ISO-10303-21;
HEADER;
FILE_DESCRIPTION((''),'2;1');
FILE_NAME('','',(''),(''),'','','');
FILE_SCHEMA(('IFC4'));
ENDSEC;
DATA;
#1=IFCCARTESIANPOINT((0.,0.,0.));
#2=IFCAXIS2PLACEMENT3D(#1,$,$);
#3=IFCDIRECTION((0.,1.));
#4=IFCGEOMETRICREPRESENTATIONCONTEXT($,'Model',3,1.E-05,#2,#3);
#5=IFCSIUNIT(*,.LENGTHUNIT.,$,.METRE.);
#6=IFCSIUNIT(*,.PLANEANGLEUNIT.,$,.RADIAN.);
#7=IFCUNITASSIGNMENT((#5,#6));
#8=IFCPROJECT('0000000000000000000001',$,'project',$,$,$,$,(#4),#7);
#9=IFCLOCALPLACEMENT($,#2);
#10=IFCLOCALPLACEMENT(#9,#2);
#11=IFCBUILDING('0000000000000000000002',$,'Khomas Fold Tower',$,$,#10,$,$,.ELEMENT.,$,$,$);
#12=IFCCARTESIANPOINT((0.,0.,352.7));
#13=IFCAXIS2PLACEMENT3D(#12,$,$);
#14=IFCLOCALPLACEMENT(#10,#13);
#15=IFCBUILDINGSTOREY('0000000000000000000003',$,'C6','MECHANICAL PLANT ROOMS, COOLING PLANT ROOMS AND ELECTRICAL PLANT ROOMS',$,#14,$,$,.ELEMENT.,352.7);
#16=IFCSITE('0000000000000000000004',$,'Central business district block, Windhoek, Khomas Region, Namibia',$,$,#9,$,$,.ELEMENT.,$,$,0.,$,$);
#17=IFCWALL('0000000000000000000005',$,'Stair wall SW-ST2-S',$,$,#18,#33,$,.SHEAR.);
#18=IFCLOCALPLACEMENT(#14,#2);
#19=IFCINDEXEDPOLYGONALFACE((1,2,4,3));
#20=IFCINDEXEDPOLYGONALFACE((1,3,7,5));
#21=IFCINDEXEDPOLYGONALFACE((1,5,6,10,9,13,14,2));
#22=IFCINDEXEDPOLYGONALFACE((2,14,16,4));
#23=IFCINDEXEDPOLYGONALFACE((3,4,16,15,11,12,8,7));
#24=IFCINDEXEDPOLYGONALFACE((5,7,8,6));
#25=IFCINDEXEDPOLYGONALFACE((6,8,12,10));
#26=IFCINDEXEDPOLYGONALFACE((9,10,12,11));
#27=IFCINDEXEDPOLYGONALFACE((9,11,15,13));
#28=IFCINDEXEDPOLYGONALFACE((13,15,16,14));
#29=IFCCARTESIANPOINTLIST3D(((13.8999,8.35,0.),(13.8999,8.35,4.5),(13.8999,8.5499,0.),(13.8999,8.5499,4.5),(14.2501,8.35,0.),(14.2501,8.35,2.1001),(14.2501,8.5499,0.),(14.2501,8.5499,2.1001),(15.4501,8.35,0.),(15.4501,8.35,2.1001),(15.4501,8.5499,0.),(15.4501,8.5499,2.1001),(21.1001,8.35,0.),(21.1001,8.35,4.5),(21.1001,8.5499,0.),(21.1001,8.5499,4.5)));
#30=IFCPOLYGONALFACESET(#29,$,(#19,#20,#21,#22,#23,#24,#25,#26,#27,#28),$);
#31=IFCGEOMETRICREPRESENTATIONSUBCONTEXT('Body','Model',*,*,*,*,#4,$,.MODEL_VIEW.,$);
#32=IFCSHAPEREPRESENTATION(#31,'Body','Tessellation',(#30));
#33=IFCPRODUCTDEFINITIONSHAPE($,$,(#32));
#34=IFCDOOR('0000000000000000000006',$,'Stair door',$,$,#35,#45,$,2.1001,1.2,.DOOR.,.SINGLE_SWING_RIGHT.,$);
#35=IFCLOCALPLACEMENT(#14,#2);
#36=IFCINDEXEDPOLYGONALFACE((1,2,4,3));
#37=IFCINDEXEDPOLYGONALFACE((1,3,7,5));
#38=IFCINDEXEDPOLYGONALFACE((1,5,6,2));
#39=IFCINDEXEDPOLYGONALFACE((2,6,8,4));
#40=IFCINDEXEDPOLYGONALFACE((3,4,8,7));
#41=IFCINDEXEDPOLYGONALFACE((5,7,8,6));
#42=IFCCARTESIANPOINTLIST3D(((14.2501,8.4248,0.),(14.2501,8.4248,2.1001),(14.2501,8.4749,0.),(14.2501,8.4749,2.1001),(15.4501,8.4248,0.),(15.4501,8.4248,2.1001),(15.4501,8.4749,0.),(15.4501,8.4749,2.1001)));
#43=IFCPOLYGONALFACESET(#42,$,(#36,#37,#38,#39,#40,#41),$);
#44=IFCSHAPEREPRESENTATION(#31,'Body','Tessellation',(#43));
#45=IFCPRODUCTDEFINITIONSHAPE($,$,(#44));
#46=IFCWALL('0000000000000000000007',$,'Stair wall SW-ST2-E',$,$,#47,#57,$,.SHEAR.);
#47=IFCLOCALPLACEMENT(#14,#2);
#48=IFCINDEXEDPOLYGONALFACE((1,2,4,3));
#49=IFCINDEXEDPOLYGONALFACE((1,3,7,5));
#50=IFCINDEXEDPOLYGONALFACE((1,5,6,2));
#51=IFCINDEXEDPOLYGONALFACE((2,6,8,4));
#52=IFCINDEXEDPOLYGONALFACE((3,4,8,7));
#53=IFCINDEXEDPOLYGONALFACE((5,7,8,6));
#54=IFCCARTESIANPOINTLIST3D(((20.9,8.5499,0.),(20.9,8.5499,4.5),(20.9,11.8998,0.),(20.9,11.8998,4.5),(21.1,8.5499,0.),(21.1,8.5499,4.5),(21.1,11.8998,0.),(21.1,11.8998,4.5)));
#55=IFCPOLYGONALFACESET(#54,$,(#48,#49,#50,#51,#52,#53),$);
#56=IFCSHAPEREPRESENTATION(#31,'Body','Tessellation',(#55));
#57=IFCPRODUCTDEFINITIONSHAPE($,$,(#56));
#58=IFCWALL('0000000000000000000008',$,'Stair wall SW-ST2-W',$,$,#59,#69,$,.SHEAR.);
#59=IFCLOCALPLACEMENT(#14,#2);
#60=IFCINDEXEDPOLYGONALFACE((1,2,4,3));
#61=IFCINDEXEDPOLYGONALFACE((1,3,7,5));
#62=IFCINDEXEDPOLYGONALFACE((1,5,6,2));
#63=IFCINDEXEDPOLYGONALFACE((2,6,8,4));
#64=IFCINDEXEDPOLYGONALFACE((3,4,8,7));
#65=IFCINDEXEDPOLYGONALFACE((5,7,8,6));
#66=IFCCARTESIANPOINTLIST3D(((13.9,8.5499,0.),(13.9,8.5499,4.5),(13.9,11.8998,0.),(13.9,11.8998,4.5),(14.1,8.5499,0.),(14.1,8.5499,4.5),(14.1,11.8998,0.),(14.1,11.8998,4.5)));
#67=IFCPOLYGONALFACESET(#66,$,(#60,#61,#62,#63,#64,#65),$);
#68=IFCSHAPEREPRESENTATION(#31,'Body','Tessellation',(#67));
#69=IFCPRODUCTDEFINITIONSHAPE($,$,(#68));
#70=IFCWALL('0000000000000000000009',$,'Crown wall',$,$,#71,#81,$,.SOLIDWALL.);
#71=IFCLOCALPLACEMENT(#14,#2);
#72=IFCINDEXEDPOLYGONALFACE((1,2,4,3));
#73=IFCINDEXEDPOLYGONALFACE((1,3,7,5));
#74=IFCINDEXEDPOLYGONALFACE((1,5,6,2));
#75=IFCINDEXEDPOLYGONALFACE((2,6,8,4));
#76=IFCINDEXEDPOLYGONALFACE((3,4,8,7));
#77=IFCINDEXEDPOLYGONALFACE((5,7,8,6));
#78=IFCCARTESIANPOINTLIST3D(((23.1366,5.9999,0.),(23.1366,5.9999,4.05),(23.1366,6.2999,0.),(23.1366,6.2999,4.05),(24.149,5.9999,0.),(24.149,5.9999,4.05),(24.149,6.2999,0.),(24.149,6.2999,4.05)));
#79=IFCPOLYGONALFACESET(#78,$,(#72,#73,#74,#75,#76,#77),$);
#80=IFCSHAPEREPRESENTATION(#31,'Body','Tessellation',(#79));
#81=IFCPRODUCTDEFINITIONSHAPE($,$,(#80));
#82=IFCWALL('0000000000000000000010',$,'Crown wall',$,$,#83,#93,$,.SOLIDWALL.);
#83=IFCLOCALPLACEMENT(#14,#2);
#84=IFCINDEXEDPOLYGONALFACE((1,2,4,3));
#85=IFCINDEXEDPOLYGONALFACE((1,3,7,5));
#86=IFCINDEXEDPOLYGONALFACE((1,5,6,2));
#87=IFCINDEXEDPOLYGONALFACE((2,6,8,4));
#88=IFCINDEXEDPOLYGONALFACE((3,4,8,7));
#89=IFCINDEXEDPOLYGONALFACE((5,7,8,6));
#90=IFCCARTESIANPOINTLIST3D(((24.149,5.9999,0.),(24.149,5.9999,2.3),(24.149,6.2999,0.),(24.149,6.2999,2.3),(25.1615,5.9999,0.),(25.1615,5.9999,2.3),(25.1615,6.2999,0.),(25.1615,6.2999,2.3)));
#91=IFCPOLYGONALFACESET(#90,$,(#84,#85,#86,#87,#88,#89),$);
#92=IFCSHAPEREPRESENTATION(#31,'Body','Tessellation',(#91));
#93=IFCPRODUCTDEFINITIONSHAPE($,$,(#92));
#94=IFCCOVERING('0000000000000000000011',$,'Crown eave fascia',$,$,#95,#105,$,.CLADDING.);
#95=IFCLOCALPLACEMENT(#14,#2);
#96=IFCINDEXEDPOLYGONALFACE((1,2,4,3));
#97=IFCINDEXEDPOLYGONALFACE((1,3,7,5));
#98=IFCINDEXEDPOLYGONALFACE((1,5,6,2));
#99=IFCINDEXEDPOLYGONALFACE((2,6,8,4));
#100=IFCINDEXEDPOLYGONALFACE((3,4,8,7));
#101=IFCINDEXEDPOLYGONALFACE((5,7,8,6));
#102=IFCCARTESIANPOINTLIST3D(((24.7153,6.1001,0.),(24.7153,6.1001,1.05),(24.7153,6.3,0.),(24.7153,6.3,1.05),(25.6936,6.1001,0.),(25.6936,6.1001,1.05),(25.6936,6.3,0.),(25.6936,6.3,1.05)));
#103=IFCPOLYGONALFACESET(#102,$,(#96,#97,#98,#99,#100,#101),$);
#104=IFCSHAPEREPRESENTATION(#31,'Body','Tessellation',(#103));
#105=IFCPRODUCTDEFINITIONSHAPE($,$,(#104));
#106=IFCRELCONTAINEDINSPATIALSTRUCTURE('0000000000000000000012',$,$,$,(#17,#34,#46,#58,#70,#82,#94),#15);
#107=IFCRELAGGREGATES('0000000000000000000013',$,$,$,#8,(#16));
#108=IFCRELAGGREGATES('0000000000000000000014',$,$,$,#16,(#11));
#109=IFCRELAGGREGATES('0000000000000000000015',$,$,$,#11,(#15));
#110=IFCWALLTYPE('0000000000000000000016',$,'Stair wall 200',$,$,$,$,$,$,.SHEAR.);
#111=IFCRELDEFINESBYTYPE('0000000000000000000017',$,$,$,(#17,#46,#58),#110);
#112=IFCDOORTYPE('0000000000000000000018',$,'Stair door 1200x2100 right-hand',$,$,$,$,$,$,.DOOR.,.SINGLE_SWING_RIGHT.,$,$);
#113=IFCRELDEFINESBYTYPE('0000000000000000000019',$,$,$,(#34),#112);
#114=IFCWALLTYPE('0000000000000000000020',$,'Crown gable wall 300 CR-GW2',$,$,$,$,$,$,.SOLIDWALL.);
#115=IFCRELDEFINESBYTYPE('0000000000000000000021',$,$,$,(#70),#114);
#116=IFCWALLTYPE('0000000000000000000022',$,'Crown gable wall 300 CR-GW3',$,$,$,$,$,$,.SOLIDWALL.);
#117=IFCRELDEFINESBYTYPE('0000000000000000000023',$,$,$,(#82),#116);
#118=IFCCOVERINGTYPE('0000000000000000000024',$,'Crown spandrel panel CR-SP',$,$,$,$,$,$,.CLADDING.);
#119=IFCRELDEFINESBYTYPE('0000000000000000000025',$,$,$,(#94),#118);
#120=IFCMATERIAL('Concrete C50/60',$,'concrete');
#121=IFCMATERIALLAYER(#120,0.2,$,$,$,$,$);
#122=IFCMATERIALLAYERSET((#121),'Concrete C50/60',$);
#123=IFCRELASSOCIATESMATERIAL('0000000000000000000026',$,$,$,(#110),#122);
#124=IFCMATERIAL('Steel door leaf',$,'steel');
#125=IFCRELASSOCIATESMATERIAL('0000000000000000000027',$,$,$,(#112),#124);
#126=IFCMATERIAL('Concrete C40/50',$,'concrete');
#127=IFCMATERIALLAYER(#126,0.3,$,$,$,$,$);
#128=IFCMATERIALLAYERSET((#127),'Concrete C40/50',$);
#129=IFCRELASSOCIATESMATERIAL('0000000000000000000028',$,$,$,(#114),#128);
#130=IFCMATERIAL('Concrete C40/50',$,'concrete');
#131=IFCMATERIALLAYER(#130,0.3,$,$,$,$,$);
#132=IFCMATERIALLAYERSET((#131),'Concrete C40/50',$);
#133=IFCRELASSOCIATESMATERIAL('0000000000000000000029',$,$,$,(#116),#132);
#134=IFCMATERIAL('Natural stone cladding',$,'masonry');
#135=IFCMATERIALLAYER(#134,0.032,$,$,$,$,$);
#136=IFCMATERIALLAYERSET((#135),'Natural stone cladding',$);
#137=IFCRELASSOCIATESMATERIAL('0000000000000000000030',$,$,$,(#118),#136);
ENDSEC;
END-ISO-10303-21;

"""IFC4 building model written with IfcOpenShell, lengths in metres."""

from ifc_helpers import new_model, si_unit, direction, frame, frame_2d, origin, place, context, subcontext, project, spatial, polyline, rectangle, outline, extrude, source, transform, mapped, material, layer, layer_set, type_object, element, fill, save


model = new_model("IFC4")

# Units and contexts
model_context = context("Model", 3, precision=1e-05, world=origin(), true_north=direction((0.0, 1.0)))
body_context = subcontext(model_context, "Body", "Model", "MODEL_VIEW")
ifc_project = project(units=[si_unit("LENGTHUNIT", "METRE"), si_unit("PLANEANGLEUNIT", "RADIAN")], contexts=[model_context])

# Site, building, storey
site_placement = place(None, origin())
site = spatial("IfcSite", under=ifc_project, at=site_placement, Name="Central business district block, Windhoek, Khomas Region, Namibia", CompositionType="ELEMENT", RefElevation=0.0)
building_placement = place(site_placement, origin())
building = spatial("IfcBuilding", under=site, at=building_placement, Name="Khomas Fold Tower", CompositionType="ELEMENT")
storey_placement = place(building_placement, frame((0.0, 0.0, 352.7)))
storey = spatial("IfcBuildingStorey", under=building, at=storey_placement, Name="C6", Description="MECHANICAL PLANT ROOMS, COOLING PLANT ROOMS AND ELECTRICAL PLANT ROOMS", CompositionType="ELEMENT", Elevation=352.7)

# Shared definitions
ifc_material_1 = material(Name="Concrete C50/60", Category="concrete")
ifc_layer_1 = layer(ifc_material_1, 0.2)
ifc_layer_set_1 = layer_set([ifc_layer_1], Name="Concrete C50/60")
wall_type_1 = type_object("IfcWallType", Name="Stair wall 200", PredefinedType="SHEAR", material=ifc_layer_set_1)
shared_shape_1 = source(origin(), body_context, "Body", "SweptSolid", [
    extrude(rectangle(XDim=7.2002, YDim=0.2, at=frame_2d((3.6001, 0.0))), origin(), (0.0, 0.0, 1.0), 4.5),
])

# Wall, opening, door
wall_1_placement = place(storey_placement, frame((13.8999, 8.45, 0.0), z_axis=(0.0, 0.0, 1.0), x_axis=(1.0, 0.0, 0.0)))
wall_1 = element("IfcWall", 1, at=wall_1_placement, inside=storey, type_object=wall_type_1, Name="Stair wall SW-ST2-S", PredefinedType="SHEAR", context=body_context, shape_type="MappedRepresentation", body=[
    mapped(shared_shape_1, transform((0.0, 0.0, 0.0))),
])
shared_shape_2 = source(origin(), body_context, "Body", "SweptSolid", [
    extrude(rectangle(XDim=1.2, YDim=2.1001, at=frame_2d((0.6001, 1.05))), frame((0.0, 0.1099, 0.0), z_axis=(0.0, -1.0, 0.0), x_axis=(1.0, 0.0, 0.0)), (0.0, 0.0, 1.0), 0.22),
])
opening_placement = place(wall_1_placement, frame((0.3501, 0.0, 0.0)))
opening = element("IfcOpeningElement", 2, at=opening_placement, cuts=wall_1, PredefinedType="OPENING", context=body_context, shape_type="MappedRepresentation", body=[
    mapped(shared_shape_2, transform((0.0, 0.0, 0.0))),
])
ifc_material_2 = material(Name="Steel door leaf", Category="steel")
door_type = type_object("IfcDoorType", Name="Stair door 1200x2100 right-hand", OperationType="SINGLE_SWING_RIGHT", PredefinedType="DOOR", material=ifc_material_2)
shared_shape_3 = source(origin(), body_context, "Body", "SweptSolid", [
    extrude(rectangle(XDim=1.2, YDim=2.1001, at=frame_2d((0.6001, 1.05))), frame((0.0, 0.0249, 0.0), z_axis=(0.0, -1.0, 0.0), x_axis=(1.0, 0.0, 0.0)), (0.0, 0.0, 1.0), 0.05),
])
door_placement = place(opening_placement, origin())
door = element("IfcDoor", 3, at=door_placement, inside=storey, type_object=door_type, Name="Stair door", OperationType="SINGLE_SWING_RIGHT", OverallHeight=2.1001, OverallWidth=1.2, PredefinedType="DOOR", context=body_context, shape_type="MappedRepresentation", body=[
    mapped(shared_shape_3, transform((0.0, 0.0, 0.0))),
])
fill(opening, door)

# Walls
shared_shape_4 = source(origin(), body_context, "Body", "SweptSolid", [
    extrude(rectangle(XDim=3.3499, YDim=0.2, at=frame_2d((1.6748, 0.0))), origin(), (0.0, 0.0, 1.0), 4.5),
])
for number, where, z_axis, x_axis, name in (
    (4, (21.0, 8.55, 0.0), (0.0, 0.0, 1.0), (0.0, 1.0, 0.0), "Stair wall SW-ST2-E"),
    (5, (14.0, 8.55, 0.0), (0.0, 0.0, 1.0), (0.0, 1.0, 0.0), "Stair wall SW-ST2-W"),
):
    element("IfcWall", number, at=place(storey_placement, frame(where, z_axis=z_axis, x_axis=x_axis)), inside=storey, type_object=wall_type_1, Name=name, PredefinedType="SHEAR", context=body_context, shape_type="MappedRepresentation", body=[
        mapped(shared_shape_4, transform((0.0, 0.0, 0.0))),
    ])
ifc_material_3 = material(Name="Concrete C40/50", Category="concrete")
ifc_layer_2 = layer(ifc_material_3, 0.3)
ifc_layer_set_2 = layer_set([ifc_layer_2], Name="Concrete C40/50")
wall_type_2 = type_object("IfcWallType", Name="Crown gable wall 300 CR-GW2", PredefinedType="SOLIDWALL", material=ifc_layer_set_2)
shared_shape_5 = source(origin(), body_context, "Body", "SweptSolid", [
    extrude(rectangle(XDim=1.0125, YDim=0.3, at=frame_2d((0.5063, 0.0))), origin(), (0.0, 0.0, 1.0), 4.05),
])
wall_2_placement = place(storey_placement, frame((23.1365, 6.1499, 0.0), z_axis=(0.0, 0.0, 1.0), x_axis=(1.0, 0.0, 0.0)))
element("IfcWall", 6, at=wall_2_placement, inside=storey, type_object=wall_type_2, Name="Crown wall", PredefinedType="SOLIDWALL", context=body_context, shape_type="MappedRepresentation", body=[
    mapped(shared_shape_5, transform((0.0, 0.0, 0.0))),
])
ifc_material_4 = material(Name="Concrete C40/50", Category="concrete")
ifc_layer_3 = layer(ifc_material_4, 0.3)
ifc_layer_set_3 = layer_set([ifc_layer_3], Name="Concrete C40/50")
wall_type_3 = type_object("IfcWallType", Name="Crown gable wall 300 CR-GW3", PredefinedType="SOLIDWALL", material=ifc_layer_set_3)
shared_shape_6 = source(origin(), body_context, "Body", "SweptSolid", [
    extrude(rectangle(XDim=1.0125, YDim=0.3, at=frame_2d((0.5063, 0.0))), origin(), (0.0, 0.0, 1.0), 2.3),
])
wall_3_placement = place(storey_placement, frame((24.1489, 6.1499, 0.0), z_axis=(0.0, 0.0, 1.0), x_axis=(1.0, 0.0, 0.0)))
element("IfcWall", 7, at=wall_3_placement, inside=storey, type_object=wall_type_3, Name="Crown wall", PredefinedType="SOLIDWALL", context=body_context, shape_type="MappedRepresentation", body=[
    mapped(shared_shape_6, transform((0.0, 0.0, 0.0))),
])

# Covering
ifc_material_5 = material(Name="Natural stone cladding", Category="masonry")
ifc_layer_4 = layer(ifc_material_5, 0.032)
ifc_layer_set_4 = layer_set([ifc_layer_4], Name="Natural stone cladding")
covering_type = type_object("IfcCoveringType", Name="Crown spandrel panel CR-SP", PredefinedType="CLADDING", material=ifc_layer_set_4)
covering_placement = place(storey_placement, frame((24.7153, 6.1001, 0.0), z_axis=(0.0, -1.0, 0.0), x_axis=(1.0, 0.0, 0.0)))
element("IfcCovering", 8, at=covering_placement, inside=storey, type_object=covering_type, Name="Crown eave fascia", PredefinedType="CLADDING", context=body_context, shape_type="SweptSolid", body=[
    extrude(outline(polyline([(0.0, 0.0), (0.9783, 0.0), (0.9783, 1.05), (0.0, 1.05), (0.0, 0.0)])), origin(), (0.0, 0.0, -1.0), 0.2),
])

save(model, "model.ifc")
